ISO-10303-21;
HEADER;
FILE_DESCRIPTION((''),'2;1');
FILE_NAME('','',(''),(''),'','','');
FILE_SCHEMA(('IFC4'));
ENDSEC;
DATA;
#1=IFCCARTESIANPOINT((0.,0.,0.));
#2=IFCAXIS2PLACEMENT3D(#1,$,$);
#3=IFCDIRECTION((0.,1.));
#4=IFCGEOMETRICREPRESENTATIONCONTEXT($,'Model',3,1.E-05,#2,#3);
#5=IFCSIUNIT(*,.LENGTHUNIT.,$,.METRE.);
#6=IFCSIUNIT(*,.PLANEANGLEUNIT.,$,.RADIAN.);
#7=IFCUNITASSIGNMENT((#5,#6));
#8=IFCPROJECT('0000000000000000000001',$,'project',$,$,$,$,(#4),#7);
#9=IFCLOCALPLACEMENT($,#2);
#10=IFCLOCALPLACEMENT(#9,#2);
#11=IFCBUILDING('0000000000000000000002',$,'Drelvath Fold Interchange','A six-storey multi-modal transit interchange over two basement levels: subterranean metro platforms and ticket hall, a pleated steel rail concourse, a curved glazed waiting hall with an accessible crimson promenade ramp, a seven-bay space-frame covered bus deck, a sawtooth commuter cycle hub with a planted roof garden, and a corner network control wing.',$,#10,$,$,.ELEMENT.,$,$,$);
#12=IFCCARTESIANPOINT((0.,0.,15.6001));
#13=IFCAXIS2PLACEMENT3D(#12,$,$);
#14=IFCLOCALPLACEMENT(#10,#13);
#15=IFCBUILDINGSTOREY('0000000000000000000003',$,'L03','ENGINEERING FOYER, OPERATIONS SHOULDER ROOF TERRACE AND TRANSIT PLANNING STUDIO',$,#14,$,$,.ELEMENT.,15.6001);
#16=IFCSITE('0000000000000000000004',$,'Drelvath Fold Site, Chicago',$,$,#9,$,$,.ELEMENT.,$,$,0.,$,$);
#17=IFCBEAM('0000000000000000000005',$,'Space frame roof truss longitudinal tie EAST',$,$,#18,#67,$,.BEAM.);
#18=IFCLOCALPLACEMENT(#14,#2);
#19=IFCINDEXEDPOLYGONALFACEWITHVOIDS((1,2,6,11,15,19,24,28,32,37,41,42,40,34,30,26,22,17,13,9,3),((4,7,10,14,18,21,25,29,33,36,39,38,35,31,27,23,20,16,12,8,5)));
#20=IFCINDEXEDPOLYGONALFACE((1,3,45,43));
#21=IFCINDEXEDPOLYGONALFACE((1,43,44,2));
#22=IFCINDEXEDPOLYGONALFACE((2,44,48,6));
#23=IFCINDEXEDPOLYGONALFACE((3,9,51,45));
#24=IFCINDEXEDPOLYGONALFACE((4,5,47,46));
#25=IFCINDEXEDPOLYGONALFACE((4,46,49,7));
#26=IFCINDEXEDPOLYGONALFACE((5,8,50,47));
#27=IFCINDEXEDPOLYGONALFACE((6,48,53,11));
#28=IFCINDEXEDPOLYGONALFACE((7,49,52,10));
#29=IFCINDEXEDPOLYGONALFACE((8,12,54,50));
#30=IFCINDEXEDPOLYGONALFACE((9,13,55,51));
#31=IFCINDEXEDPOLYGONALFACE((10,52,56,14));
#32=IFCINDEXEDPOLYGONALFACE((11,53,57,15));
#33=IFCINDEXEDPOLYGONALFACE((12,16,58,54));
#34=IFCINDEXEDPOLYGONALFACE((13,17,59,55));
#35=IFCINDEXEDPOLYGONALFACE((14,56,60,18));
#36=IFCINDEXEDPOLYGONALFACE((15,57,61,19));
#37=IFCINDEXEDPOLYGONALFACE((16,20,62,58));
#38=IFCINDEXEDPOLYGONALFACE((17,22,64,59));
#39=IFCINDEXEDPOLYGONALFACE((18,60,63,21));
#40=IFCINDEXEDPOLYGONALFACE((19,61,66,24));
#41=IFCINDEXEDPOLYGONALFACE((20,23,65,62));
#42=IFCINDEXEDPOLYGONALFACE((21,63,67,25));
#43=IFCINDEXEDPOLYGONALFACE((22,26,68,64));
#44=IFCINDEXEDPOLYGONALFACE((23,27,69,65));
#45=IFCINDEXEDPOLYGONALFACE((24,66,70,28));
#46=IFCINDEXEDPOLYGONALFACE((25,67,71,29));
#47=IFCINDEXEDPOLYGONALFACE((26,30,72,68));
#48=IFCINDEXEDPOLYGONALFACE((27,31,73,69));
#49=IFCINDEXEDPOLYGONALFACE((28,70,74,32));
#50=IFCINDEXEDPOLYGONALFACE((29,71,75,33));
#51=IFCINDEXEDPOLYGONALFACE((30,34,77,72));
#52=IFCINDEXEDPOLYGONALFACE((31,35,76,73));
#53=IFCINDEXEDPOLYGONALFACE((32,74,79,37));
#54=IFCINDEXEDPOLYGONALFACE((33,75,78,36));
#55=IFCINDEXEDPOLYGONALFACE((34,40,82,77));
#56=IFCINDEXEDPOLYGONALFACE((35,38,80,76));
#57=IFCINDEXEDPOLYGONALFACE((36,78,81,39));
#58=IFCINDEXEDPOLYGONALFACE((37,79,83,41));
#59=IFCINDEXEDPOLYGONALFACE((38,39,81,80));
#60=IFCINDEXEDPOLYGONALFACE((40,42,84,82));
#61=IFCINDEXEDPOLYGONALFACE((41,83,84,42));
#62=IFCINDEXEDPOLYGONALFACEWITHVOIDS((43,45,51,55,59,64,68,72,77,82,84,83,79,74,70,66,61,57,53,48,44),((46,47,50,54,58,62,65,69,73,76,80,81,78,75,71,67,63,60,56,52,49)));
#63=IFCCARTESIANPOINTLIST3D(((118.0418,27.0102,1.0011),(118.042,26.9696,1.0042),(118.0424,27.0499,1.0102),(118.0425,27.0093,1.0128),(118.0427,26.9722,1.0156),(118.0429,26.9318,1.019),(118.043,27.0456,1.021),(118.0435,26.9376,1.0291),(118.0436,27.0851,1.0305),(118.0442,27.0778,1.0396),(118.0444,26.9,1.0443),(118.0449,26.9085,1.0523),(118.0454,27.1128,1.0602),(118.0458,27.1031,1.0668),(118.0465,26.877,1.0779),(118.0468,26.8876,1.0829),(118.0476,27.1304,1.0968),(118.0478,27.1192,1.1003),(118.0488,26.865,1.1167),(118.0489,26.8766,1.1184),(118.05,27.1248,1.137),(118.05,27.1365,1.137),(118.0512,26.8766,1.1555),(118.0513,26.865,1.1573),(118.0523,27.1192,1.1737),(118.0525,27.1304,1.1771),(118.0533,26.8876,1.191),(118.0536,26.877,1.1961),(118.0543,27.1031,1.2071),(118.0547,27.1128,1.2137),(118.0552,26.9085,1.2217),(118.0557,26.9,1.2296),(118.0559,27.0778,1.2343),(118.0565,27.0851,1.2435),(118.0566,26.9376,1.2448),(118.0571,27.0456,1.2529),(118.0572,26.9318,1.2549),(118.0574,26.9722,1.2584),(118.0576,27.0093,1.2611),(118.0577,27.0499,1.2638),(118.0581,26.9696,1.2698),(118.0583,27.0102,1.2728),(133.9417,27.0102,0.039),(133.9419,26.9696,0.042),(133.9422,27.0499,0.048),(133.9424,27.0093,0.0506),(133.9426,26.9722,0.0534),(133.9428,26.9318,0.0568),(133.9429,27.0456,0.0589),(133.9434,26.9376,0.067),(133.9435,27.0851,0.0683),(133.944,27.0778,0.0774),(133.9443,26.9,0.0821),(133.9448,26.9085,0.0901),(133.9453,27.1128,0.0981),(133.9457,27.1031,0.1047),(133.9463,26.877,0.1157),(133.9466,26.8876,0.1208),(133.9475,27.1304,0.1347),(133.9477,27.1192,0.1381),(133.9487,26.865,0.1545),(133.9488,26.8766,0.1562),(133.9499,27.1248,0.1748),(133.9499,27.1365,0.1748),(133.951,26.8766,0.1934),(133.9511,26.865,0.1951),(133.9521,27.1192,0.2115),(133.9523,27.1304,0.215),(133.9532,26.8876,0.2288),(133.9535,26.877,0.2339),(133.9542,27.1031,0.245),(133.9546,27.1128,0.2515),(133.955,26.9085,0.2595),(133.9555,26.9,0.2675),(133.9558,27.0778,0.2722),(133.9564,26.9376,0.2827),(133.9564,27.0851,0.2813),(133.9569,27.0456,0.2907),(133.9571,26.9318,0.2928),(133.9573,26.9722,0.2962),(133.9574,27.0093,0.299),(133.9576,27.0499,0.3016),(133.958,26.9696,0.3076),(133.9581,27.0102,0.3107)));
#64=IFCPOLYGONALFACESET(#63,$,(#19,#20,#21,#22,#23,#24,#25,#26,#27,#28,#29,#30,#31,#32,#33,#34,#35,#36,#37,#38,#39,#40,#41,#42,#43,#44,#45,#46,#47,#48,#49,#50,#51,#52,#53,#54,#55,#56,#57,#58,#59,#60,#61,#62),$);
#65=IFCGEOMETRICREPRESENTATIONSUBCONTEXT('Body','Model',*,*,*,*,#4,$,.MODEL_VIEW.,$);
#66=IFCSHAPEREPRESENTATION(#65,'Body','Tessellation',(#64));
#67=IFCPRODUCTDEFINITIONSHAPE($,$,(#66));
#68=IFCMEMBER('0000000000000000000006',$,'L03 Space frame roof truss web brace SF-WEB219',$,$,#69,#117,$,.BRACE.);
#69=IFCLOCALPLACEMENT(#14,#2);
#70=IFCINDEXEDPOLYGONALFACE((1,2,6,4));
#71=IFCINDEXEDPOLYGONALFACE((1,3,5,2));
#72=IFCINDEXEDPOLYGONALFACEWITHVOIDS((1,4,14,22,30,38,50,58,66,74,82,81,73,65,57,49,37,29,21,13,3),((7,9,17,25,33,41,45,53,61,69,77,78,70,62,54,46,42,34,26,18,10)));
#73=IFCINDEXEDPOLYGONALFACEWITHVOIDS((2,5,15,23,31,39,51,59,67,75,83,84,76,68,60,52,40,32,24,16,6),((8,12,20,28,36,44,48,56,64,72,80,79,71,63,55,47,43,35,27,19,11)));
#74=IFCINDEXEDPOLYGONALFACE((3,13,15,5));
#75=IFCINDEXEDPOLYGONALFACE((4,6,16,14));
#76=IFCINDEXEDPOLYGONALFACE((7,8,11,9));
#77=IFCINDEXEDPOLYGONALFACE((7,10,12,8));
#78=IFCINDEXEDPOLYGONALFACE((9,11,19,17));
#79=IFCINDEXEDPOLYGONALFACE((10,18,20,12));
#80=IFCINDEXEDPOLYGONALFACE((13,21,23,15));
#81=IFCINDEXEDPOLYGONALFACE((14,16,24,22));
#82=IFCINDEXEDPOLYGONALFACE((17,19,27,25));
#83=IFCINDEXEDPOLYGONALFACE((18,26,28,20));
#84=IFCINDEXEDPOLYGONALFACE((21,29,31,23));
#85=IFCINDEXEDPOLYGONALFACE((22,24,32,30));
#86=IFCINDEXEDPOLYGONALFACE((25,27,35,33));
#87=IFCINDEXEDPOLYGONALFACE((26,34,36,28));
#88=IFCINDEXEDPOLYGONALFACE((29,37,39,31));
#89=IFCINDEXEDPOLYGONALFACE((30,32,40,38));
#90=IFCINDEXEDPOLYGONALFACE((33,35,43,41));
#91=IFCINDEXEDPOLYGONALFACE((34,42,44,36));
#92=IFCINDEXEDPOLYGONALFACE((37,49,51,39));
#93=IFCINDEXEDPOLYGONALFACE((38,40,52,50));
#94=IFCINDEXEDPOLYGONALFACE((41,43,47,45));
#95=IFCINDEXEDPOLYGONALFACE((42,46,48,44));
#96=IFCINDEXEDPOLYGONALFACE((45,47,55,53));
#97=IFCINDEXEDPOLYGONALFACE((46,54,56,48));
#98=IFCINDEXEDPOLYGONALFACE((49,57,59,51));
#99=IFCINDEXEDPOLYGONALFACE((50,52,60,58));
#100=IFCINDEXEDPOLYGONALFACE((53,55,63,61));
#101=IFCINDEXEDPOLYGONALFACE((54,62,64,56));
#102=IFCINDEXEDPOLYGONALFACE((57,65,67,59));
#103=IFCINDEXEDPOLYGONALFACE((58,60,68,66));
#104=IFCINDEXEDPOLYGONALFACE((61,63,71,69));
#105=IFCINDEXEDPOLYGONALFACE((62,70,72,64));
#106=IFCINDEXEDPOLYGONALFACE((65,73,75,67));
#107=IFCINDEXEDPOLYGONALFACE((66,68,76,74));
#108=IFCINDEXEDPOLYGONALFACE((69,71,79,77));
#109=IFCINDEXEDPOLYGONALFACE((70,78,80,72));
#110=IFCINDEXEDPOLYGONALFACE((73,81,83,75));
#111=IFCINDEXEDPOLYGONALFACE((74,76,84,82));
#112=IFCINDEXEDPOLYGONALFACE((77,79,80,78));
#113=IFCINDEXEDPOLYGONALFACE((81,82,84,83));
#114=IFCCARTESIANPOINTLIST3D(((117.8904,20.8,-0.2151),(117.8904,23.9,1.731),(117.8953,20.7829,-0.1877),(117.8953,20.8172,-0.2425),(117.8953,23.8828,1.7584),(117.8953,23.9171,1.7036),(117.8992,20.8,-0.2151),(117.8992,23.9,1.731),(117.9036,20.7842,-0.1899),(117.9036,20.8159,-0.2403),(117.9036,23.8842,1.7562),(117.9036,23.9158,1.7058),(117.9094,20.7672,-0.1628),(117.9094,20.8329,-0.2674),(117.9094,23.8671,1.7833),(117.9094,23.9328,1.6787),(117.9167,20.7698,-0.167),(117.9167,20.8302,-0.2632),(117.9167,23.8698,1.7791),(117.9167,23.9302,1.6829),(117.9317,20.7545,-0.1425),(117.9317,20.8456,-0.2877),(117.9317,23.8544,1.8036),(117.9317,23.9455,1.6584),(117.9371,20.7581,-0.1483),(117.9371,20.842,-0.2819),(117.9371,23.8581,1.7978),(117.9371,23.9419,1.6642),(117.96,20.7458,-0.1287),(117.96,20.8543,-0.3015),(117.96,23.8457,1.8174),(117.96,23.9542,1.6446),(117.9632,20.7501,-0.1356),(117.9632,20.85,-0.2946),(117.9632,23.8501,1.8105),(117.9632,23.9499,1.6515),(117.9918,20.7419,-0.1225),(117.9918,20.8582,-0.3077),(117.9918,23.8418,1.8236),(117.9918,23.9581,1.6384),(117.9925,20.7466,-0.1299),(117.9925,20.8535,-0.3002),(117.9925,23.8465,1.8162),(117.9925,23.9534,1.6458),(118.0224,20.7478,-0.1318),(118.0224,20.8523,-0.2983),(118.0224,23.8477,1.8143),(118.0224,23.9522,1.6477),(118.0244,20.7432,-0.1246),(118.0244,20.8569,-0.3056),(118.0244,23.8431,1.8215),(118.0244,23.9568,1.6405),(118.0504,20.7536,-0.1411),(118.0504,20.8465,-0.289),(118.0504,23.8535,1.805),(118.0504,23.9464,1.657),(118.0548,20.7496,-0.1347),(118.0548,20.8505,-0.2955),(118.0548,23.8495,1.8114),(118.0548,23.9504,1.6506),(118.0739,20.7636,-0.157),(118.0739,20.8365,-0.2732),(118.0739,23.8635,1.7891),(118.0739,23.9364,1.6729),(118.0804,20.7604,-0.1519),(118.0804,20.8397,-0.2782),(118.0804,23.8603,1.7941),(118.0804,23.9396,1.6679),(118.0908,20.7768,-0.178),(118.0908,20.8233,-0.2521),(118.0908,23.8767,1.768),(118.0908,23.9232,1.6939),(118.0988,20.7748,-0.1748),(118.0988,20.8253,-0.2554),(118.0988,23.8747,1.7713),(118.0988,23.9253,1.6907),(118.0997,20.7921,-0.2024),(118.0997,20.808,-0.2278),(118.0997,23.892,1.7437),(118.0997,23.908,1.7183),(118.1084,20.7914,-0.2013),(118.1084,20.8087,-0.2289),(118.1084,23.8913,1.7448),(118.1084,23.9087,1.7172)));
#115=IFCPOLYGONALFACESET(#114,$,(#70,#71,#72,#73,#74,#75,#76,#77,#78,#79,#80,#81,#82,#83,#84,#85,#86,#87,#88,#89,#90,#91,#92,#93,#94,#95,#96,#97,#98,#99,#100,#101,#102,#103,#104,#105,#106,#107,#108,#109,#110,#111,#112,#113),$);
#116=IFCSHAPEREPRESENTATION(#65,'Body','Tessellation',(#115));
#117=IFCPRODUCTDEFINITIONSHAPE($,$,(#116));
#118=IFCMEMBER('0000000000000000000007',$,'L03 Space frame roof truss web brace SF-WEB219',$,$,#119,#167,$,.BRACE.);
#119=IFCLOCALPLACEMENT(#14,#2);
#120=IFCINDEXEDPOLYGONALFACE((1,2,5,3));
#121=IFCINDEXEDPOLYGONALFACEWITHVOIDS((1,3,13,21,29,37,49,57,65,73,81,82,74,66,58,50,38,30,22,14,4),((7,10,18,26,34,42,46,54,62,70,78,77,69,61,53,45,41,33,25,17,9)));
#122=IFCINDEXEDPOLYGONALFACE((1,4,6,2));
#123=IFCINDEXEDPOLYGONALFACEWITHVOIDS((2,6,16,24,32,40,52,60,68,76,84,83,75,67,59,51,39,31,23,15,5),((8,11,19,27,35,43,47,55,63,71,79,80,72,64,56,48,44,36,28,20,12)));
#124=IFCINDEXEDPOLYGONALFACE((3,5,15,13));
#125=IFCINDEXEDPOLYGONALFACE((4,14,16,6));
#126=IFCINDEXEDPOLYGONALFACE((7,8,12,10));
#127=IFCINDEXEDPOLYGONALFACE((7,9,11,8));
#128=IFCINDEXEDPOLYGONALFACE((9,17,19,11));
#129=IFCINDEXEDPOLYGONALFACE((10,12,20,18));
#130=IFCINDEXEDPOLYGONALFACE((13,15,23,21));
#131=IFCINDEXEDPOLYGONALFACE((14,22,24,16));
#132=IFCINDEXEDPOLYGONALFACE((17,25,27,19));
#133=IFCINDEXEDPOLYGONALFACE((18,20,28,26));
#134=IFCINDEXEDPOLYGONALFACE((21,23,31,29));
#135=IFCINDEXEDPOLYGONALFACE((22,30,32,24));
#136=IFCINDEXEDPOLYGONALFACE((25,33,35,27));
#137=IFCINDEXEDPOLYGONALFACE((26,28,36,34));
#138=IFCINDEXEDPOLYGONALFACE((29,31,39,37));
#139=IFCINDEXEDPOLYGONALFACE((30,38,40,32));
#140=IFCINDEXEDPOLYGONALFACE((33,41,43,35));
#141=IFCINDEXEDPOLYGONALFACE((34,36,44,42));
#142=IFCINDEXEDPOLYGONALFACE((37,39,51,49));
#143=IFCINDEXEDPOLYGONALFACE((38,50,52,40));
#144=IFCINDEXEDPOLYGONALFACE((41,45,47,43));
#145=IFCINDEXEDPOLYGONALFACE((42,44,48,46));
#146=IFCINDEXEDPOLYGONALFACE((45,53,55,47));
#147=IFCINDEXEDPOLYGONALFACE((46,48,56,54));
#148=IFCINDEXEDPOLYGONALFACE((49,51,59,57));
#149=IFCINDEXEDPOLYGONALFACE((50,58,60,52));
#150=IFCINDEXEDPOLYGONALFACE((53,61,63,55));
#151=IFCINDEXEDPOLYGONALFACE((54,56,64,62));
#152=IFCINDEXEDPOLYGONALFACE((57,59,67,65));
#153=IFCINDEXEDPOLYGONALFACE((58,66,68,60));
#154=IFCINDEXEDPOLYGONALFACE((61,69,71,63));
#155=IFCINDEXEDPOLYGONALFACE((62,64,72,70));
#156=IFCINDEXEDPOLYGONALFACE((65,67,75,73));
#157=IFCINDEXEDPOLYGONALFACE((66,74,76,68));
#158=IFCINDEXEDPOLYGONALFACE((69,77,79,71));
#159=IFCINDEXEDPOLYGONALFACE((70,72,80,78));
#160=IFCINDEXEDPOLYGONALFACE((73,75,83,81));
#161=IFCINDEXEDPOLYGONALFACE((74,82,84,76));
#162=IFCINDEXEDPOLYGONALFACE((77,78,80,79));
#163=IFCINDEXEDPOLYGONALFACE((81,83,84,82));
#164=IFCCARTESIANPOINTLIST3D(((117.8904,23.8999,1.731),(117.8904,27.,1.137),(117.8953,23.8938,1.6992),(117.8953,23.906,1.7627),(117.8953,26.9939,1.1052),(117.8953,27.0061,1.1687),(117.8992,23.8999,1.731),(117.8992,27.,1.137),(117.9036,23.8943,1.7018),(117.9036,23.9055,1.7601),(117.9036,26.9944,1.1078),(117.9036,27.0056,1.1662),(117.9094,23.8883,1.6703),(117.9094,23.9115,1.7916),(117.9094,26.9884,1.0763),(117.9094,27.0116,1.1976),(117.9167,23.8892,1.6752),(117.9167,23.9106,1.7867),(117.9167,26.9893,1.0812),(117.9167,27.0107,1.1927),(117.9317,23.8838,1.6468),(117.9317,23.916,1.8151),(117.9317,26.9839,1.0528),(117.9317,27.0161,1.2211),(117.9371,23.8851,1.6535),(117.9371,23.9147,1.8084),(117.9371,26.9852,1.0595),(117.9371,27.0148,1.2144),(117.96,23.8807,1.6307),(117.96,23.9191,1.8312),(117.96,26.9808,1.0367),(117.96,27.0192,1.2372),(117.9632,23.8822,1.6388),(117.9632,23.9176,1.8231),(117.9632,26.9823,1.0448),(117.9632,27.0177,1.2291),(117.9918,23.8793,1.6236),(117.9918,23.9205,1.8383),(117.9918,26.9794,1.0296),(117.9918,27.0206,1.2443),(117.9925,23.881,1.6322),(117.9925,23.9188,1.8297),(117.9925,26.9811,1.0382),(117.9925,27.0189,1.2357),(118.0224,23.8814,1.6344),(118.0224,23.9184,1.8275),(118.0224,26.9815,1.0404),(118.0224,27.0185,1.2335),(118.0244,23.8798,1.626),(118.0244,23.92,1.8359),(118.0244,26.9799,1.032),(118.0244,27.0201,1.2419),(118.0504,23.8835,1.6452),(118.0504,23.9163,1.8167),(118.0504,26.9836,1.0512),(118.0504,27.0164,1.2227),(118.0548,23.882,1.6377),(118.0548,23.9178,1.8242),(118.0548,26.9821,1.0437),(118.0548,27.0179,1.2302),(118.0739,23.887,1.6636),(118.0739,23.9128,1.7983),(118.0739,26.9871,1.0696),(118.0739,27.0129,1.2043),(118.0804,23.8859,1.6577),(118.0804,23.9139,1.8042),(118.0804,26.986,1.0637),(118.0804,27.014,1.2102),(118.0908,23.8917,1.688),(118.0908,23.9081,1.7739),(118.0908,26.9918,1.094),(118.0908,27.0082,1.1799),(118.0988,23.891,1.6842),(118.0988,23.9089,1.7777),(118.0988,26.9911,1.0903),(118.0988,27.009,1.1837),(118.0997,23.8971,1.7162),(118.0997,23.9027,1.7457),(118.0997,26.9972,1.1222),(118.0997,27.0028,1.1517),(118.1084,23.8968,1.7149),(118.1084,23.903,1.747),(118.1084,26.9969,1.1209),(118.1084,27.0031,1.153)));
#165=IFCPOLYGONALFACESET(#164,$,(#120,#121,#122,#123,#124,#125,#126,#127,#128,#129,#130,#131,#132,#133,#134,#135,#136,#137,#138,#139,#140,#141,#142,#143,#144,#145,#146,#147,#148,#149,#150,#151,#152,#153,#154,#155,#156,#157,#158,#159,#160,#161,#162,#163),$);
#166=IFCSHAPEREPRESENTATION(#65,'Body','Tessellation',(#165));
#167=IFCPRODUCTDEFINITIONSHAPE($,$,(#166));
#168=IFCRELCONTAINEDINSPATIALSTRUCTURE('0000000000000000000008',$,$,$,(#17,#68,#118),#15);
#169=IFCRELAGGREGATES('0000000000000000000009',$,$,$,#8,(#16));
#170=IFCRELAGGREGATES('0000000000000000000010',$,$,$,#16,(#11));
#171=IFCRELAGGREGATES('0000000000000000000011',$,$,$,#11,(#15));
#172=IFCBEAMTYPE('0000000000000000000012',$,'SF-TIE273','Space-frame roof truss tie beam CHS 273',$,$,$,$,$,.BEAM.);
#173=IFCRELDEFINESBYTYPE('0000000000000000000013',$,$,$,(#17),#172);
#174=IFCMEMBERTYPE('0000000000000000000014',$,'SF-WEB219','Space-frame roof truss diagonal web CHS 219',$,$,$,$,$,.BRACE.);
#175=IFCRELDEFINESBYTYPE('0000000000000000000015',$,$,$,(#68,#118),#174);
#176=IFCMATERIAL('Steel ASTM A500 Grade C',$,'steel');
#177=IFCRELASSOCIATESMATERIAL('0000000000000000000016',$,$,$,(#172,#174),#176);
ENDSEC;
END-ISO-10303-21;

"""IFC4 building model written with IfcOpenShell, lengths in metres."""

from ifc_helpers import new_model, si_unit, direction, frame, origin, origin_2d, place, context, subcontext, project, spatial, hollow_circle, extrude, material, material_profile, profile_set, type_object, element, save


model = new_model("IFC4")

# Units and contexts
model_context = context("Model", 3, precision=1e-05, world=origin(), true_north=direction((0.0, 1.0)))
body_context = subcontext(model_context, "Body", "Model", "MODEL_VIEW")
ifc_project = project(units=[si_unit("LENGTHUNIT", "METRE"), si_unit("PLANEANGLEUNIT", "RADIAN")], contexts=[model_context])

# Site, building, storey
site_placement = place(None, origin())
site = spatial("IfcSite", under=ifc_project, at=site_placement, Name="Drelvath Fold Site, Chicago", CompositionType="ELEMENT", RefElevation=0.0)
building_placement = place(site_placement, origin())
building = spatial("IfcBuilding", under=site, at=building_placement, Name="Drelvath Fold Interchange", Description="A six-storey multi-modal transit interchange over two basement levels: subterranean metro platforms and ticket hall, a pleated steel rail concourse, a curved glazed waiting hall with an accessible crimson promenade ramp, a seven-bay space-frame covered bus deck, a sawtooth commuter cycle hub with a planted roof garden, and a corner network control wing.", CompositionType="ELEMENT")
storey_placement = place(building_placement, frame((0.0, 0.0, 15.6001)))
storey = spatial("IfcBuildingStorey", under=building, at=storey_placement, Name="L03", Description="ENGINEERING FOYER, OPERATIONS SHOULDER ROOF TERRACE AND TRANSIT PLANNING STUDIO", CompositionType="ELEMENT", Elevation=15.6001)

# Shared definitions
ifc_material_1 = material(Name="Steel ASTM A500 Grade C", Category="steel")

# Beam
ifc_material_profile_1 = material_profile(ifc_material_1, hollow_circle(Radius=0.1365, WallThickness=0.0117, at=origin_2d()), Name="HSS10.750X0.500")
ifc_profile_set_1 = profile_set([ifc_material_profile_1], Name="Steel ASTM A500 Grade C")
beam_type_1 = type_object("IfcBeamType", Name="SF-TIE273", Description="Space-frame roof truss tie beam CHS 273", PredefinedType="BEAM", material=ifc_profile_set_1)
beam_1_placement = place(storey_placement, frame((118.05, 27.0, 1.137), z_axis=(0.998174, 0.0, -0.060403), x_axis=(0.0, 1.0, 0.0)))
element("IfcBeam", 1, at=beam_1_placement, inside=storey, type_object=beam_type_1, Name="Space frame roof truss longitudinal tie EAST", PredefinedType="BEAM", context=body_context, shape_type="SweptSolid", body=[
    extrude(hollow_circle(Radius=0.1365, WallThickness=0.0117, at=origin_2d()), origin(), (0.0, 0.0, 1.0), 15.929),
])

# Members
ifc_material_profile_2 = material_profile(ifc_material_1, hollow_circle(Radius=0.1096, WallThickness=0.0088, at=origin_2d()), Name="HSS8.625X0.375")
ifc_profile_set_2 = profile_set([ifc_material_profile_2], Name="Steel ASTM A500 Grade C")
member_type_1 = type_object("IfcMemberType", Name="SF-WEB219", Description="Space-frame roof truss diagonal web CHS 219", PredefinedType="BRACE", material=ifc_profile_set_2)
member_1_placement = place(storey_placement, frame((118.0, 20.8, -0.2151), z_axis=(0.0, 0.846936, 0.531695), x_axis=(-1.0, 0.0, 0.0)))
element("IfcMember", 2, at=member_1_placement, inside=storey, type_object=member_type_1, Name="L03 Space frame roof truss web brace SF-WEB219", PredefinedType="BRACE", context=body_context, shape_type="SweptSolid", body=[
    extrude(hollow_circle(Radius=0.1096, WallThickness=0.0088, at=origin_2d()), origin(), (0.0, 0.0, 1.0), 3.6602),
])
member_2_placement = place(storey_placement, frame((118.0, 23.8999, 1.731), z_axis=(0.0, 0.982134, -0.188182), x_axis=(-1.0, 0.0, 0.0)))
element("IfcMember", 3, at=member_2_placement, inside=storey, type_object=member_type_1, Name="L03 Space frame roof truss web brace SF-WEB219", PredefinedType="BRACE", context=body_context, shape_type="SweptSolid", body=[
    extrude(hollow_circle(Radius=0.1096, WallThickness=0.0088, at=origin_2d()), origin(), (0.0, 0.0, 1.0), 3.1565),
])

save(model, "model.ifc")
